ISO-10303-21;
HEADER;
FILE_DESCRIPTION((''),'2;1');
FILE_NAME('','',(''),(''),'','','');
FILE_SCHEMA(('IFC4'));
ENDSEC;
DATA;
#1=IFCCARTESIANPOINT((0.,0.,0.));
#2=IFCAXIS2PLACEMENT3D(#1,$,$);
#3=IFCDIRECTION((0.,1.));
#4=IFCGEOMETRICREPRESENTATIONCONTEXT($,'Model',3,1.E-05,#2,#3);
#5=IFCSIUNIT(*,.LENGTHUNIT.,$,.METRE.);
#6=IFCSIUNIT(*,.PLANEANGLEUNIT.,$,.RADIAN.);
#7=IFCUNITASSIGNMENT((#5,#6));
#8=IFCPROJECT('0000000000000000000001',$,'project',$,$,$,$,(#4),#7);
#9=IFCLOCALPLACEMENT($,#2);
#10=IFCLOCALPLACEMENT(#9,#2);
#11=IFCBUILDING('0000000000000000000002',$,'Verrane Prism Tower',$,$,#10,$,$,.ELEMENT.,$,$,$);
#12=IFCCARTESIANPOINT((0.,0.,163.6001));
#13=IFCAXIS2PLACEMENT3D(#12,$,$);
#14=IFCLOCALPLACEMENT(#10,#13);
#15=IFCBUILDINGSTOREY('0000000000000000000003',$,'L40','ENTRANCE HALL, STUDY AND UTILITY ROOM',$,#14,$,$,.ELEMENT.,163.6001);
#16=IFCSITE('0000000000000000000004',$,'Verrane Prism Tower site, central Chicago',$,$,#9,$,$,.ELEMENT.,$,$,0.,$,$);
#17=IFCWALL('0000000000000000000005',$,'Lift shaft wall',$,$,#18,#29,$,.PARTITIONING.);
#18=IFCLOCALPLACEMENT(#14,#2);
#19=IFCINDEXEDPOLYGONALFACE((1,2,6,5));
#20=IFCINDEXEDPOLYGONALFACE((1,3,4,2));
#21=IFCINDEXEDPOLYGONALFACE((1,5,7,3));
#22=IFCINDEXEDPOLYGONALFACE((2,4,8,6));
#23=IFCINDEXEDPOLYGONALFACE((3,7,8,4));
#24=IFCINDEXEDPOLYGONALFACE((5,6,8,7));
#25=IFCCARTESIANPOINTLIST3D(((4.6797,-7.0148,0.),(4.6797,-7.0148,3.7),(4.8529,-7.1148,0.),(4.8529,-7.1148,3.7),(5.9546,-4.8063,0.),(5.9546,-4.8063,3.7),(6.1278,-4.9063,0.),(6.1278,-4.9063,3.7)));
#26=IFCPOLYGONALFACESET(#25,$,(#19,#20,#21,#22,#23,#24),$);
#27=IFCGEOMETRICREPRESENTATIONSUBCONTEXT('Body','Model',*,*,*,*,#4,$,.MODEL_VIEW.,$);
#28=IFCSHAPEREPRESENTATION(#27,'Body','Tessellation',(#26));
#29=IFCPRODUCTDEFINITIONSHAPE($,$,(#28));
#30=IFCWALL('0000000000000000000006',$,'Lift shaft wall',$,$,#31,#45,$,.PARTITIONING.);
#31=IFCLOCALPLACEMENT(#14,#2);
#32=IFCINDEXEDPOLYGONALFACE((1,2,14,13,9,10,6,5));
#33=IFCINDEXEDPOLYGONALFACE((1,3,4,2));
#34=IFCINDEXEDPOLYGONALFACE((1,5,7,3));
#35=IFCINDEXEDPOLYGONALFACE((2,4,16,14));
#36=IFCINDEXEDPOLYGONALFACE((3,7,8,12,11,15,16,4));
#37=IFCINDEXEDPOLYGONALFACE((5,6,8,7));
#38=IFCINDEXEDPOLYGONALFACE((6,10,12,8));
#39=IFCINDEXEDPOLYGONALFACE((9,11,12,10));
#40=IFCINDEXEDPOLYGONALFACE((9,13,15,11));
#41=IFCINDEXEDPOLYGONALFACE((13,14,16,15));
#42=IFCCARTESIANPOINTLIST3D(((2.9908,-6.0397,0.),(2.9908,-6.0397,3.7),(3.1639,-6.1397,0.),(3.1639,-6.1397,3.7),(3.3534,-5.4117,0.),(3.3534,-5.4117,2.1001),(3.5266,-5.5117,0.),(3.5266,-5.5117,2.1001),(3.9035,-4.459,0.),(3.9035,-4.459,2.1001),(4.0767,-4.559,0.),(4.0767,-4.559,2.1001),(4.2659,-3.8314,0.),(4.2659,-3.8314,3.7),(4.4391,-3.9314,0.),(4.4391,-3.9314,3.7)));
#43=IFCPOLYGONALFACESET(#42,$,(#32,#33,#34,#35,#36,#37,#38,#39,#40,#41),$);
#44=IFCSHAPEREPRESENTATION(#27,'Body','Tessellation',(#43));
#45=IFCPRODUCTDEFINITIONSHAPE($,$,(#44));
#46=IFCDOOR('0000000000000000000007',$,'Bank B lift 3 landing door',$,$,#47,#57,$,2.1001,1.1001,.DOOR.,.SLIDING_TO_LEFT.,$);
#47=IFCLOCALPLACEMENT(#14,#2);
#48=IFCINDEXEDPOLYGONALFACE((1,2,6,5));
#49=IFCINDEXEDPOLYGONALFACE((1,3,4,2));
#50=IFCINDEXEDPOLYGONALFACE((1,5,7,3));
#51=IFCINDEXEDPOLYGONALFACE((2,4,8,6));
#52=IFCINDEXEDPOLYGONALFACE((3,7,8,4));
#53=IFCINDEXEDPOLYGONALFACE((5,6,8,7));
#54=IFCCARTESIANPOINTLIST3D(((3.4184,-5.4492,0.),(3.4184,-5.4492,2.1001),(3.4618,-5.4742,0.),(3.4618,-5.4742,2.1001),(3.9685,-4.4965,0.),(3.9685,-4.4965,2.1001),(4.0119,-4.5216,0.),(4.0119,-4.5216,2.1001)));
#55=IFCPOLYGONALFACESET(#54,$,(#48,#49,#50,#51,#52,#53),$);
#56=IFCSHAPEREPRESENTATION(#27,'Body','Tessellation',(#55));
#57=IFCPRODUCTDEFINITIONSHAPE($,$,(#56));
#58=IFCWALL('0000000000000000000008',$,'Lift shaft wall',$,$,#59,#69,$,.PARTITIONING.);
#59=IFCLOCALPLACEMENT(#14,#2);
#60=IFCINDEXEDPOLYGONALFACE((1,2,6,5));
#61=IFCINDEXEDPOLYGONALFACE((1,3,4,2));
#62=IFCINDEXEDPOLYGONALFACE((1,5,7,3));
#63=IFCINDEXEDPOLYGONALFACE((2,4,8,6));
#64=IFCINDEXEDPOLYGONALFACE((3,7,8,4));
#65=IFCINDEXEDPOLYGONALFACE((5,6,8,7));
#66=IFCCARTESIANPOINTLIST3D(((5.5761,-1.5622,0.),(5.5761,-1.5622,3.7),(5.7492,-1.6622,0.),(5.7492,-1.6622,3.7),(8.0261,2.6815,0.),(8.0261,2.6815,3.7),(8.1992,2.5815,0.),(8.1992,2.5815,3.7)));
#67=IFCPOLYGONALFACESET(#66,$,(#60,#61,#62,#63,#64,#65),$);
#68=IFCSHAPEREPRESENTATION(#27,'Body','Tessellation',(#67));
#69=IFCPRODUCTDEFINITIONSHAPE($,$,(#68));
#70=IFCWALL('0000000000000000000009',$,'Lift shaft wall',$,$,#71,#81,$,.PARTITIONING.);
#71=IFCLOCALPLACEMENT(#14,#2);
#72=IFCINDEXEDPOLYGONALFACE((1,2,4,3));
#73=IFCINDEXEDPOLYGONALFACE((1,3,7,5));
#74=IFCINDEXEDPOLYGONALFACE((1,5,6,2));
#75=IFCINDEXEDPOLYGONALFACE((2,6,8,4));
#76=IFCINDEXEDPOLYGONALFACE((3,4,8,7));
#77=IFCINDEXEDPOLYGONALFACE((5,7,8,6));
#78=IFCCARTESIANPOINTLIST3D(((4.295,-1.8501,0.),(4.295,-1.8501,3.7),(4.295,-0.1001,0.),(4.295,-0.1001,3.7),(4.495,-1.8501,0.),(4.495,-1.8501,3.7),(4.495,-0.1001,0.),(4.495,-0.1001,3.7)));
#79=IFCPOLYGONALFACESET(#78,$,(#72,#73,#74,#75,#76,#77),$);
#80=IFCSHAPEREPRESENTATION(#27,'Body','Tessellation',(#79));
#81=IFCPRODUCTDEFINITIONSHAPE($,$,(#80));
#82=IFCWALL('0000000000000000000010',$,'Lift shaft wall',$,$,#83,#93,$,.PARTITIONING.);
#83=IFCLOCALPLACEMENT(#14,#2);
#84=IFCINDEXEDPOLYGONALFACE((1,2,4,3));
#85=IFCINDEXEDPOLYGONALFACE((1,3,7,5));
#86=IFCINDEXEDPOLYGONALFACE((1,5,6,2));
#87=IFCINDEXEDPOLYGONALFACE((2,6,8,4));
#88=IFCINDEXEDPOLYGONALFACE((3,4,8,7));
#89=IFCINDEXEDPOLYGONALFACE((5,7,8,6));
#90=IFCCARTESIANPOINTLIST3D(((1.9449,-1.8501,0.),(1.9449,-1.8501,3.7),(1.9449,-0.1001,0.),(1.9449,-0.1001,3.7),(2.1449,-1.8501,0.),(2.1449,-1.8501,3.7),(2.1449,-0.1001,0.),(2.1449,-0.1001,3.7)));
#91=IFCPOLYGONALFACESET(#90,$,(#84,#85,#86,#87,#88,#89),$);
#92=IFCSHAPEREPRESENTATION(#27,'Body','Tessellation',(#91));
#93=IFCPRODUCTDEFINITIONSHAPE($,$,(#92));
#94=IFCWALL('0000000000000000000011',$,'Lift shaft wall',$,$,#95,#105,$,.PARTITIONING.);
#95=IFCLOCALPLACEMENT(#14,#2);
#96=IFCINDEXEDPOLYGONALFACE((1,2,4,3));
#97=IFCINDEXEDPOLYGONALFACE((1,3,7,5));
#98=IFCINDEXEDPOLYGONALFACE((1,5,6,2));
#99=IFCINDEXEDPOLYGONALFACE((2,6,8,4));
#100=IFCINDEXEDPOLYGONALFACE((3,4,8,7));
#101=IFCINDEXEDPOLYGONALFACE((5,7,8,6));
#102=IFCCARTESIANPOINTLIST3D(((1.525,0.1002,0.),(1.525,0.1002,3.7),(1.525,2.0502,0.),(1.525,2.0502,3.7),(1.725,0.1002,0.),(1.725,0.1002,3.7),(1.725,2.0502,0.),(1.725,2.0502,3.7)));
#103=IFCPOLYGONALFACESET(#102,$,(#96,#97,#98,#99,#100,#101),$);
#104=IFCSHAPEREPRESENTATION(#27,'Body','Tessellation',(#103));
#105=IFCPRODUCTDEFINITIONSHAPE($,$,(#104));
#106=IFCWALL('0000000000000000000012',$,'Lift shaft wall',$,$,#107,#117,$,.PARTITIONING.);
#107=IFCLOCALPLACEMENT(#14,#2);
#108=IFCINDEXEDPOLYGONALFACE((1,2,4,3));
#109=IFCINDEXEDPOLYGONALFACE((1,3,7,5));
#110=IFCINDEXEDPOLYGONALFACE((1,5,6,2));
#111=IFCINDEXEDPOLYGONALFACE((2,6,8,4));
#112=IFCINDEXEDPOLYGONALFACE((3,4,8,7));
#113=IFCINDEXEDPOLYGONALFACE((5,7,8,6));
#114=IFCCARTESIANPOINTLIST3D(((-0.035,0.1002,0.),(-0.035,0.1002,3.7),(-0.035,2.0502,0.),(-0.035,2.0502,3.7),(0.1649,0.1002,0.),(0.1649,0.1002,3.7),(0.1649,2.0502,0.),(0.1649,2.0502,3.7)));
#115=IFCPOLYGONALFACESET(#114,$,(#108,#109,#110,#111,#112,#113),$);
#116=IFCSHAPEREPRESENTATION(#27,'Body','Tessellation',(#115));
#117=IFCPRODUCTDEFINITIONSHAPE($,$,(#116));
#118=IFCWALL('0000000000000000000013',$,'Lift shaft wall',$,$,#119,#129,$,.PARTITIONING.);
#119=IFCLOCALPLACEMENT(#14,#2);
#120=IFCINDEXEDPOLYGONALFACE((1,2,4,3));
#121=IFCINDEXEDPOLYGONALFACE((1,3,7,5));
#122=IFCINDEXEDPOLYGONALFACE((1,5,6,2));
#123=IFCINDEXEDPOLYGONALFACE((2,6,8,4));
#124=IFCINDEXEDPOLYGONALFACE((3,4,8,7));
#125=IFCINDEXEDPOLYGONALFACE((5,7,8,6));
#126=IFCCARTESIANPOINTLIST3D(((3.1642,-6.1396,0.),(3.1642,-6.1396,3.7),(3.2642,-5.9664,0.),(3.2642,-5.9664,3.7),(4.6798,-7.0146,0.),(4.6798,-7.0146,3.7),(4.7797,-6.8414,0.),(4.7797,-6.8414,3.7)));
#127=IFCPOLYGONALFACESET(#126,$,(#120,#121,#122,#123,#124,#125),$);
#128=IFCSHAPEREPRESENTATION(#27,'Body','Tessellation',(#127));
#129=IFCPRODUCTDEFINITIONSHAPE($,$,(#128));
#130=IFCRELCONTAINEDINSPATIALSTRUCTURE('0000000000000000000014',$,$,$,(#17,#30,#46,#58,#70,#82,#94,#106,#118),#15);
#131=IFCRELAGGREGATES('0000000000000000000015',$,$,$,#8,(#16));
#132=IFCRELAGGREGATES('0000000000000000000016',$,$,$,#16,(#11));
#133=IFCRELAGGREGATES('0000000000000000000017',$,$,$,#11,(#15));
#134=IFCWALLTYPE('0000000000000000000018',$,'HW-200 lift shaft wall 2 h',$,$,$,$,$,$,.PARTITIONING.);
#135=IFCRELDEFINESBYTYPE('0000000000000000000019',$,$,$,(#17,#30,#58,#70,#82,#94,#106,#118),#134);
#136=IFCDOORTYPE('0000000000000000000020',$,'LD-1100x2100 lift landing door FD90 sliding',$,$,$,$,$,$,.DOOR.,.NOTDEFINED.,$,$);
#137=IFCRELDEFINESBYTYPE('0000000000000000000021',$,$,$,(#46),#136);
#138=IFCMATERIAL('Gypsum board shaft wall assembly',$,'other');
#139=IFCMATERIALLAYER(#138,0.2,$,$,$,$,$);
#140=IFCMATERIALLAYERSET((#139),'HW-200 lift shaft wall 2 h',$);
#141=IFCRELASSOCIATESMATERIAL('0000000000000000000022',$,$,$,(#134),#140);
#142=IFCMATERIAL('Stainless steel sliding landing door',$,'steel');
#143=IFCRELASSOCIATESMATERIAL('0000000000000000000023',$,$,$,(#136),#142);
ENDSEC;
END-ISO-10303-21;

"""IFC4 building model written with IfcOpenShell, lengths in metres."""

from ifc_helpers import new_model, si_unit, direction, frame, frame_2d, origin, place, context, subcontext, project, spatial, rectangle, extrude, material, layer, layer_set, type_object, element, fill, save


model = new_model("IFC4")

# Units and contexts
model_context = context("Model", 3, precision=1e-05, world=origin(), true_north=direction((0.0, 1.0)))
body_context = subcontext(model_context, "Body", "Model", "MODEL_VIEW")
ifc_project = project(units=[si_unit("LENGTHUNIT", "METRE"), si_unit("PLANEANGLEUNIT", "RADIAN")], contexts=[model_context])

# Site, building, storey
site_placement = place(None, origin())
site = spatial("IfcSite", under=ifc_project, at=site_placement, Name="Verrane Prism Tower site, central Chicago", CompositionType="ELEMENT", RefElevation=0.0)
building_placement = place(site_placement, origin())
building = spatial("IfcBuilding", under=site, at=building_placement, Name="Verrane Prism Tower", CompositionType="ELEMENT")
storey_placement = place(building_placement, frame((0.0, 0.0, 163.6001)))
storey = spatial("IfcBuildingStorey", under=building, at=storey_placement, Name="L40", Description="ENTRANCE HALL, STUDY AND UTILITY ROOM", CompositionType="ELEMENT", Elevation=163.6001)

# Wall
ifc_material_1 = material(Name="Gypsum board shaft wall assembly", Category="other")
ifc_layer_1 = layer(ifc_material_1, 0.2)
ifc_layer_set_1 = layer_set([ifc_layer_1], Name="HW-200 lift shaft wall 2 h")
wall_type_1 = type_object("IfcWallType", Name="HW-200 lift shaft wall 2 h", PredefinedType="PARTITIONING", material=ifc_layer_set_1)
wall_1_placement = place(storey_placement, frame((4.7664, -7.0647, 0.0), z_axis=(0.0, 0.0, 1.0), x_axis=(0.499949, 0.866055, 0.0)))
element("IfcWall", 1, at=wall_1_placement, inside=storey, type_object=wall_type_1, Name="Lift shaft wall", PredefinedType="PARTITIONING", context=body_context, shape_type="SweptSolid", body=[
    extrude(rectangle(XDim=2.55, YDim=0.2, at=frame_2d((1.2749, 0.0))), origin(), (0.0, 0.0, 1.0), 3.7),
])

# Wall, opening, door
wall_2_placement = place(storey_placement, frame((3.0774, -6.0896, 0.0), z_axis=(0.0, 0.0, 1.0), x_axis=(0.500062, 0.865989, 0.0)))
wall_2 = element("IfcWall", 2, at=wall_2_placement, inside=storey, type_object=wall_type_1, Name="Lift shaft wall", PredefinedType="PARTITIONING", context=body_context, shape_type="SweptSolid", body=[
    extrude(rectangle(XDim=2.55, YDim=0.2, at=frame_2d((1.2749, 0.0))), origin(), (0.0, 0.0, 1.0), 3.7),
])
opening_placement = place(wall_2_placement, frame((0.7251, 0.0, 0.0)))
opening = element("IfcOpeningElement", 3, at=opening_placement, cuts=wall_2, PredefinedType="OPENING", context=body_context, shape_type="SweptSolid", body=[
    extrude(rectangle(XDim=1.1001, YDim=2.1001, at=frame_2d((0.55, 1.05))), frame((0.0, 0.1099, 0.0), z_axis=(0.0, -1.0, 0.0), x_axis=(1.0, 0.0, 0.0)), (0.0, 0.0, 1.0), 0.22),
])
ifc_material_2 = material(Name="Stainless steel sliding landing door", Category="steel")
door_type = type_object("IfcDoorType", Name="LD-1100x2100 lift landing door FD90 sliding", OperationType="NOTDEFINED", PredefinedType="DOOR", material=ifc_material_2)
door_placement = place(opening_placement, origin())
door = element("IfcDoor", 4, at=door_placement, inside=storey, type_object=door_type, Name="Bank B lift 3 landing door", OperationType="SLIDING_TO_LEFT", OverallHeight=2.1001, OverallWidth=1.1001, PredefinedType="DOOR", context=body_context, shape_type="SweptSolid", body=[
    extrude(rectangle(XDim=1.1001, YDim=2.1001, at=frame_2d((0.55, 1.05))), frame((0.0, 0.0249, 0.0), z_axis=(0.0, -1.0, 0.0), x_axis=(1.0, 0.0, 0.0)), (0.0, 0.0, 1.0), 0.05),
])
fill(opening, door)

# Walls
wall_3_placement = place(storey_placement, frame((5.6626, -1.6123, 0.0), z_axis=(0.0, 0.0, 1.0), x_axis=(0.499981, 0.866036, 0.0)))
element("IfcWall", 5, at=wall_3_placement, inside=storey, type_object=wall_type_1, Name="Lift shaft wall", PredefinedType="PARTITIONING", context=body_context, shape_type="SweptSolid", body=[
    extrude(rectangle(XDim=4.9001, YDim=0.2, at=frame_2d((2.4502, 0.0))), origin(), (0.0, 0.0, 1.0), 3.7),
])
for number, where, z_axis, x_axis, name in (
    (6, (4.395, -1.8501, 0.0), (0.0, 0.0, 1.0), (0.0, 1.0, 0.0), "Lift shaft wall"),
    (7, (2.0449, -1.8501, 0.0), (0.0, 0.0, 1.0), (0.0, 1.0, 0.0), "Lift shaft wall"),
):
    element("IfcWall", number, at=place(storey_placement, frame(where, z_axis=z_axis, x_axis=x_axis)), inside=storey, type_object=wall_type_1, Name=name, PredefinedType="PARTITIONING", context=body_context, shape_type="SweptSolid", body=[
        extrude(rectangle(XDim=1.75, YDim=0.2, at=frame_2d((0.875, 0.0))), origin(), (0.0, 0.0, 1.0), 3.7),
    ])
for number, where, z_axis, x_axis, name in (
    (8, (1.625, 0.1001, 0.0), (0.0, 0.0, 1.0), (0.0, 1.0, 0.0), "Lift shaft wall"),
    (9, (0.0649, 0.1001, 0.0), (0.0, 0.0, 1.0), (0.0, 1.0, 0.0), "Lift shaft wall"),
):
    element("IfcWall", number, at=place(storey_placement, frame(where, z_axis=z_axis, x_axis=x_axis)), inside=storey, type_object=wall_type_1, Name=name, PredefinedType="PARTITIONING", context=body_context, shape_type="SweptSolid", body=[
        extrude(rectangle(XDim=1.95, YDim=0.2, at=frame_2d((0.9751, 0.0))), origin(), (0.0, 0.0, 1.0), 3.7),
    ])
wall_4_placement = place(storey_placement, frame((4.7297, -6.928, 0.0), z_axis=(0.0, 0.0, 1.0), x_axis=(-0.866037, 0.49998, 0.0)))
element("IfcWall", 10, at=wall_4_placement, inside=storey, type_object=wall_type_1, Name="Lift shaft wall", PredefinedType="PARTITIONING", context=body_context, shape_type="SweptSolid", body=[
    extrude(rectangle(XDim=1.75, YDim=0.2, at=frame_2d((0.875, 0.0))), origin(), (0.0, 0.0, 1.0), 3.7),
])

save(model, "model.ifc")
